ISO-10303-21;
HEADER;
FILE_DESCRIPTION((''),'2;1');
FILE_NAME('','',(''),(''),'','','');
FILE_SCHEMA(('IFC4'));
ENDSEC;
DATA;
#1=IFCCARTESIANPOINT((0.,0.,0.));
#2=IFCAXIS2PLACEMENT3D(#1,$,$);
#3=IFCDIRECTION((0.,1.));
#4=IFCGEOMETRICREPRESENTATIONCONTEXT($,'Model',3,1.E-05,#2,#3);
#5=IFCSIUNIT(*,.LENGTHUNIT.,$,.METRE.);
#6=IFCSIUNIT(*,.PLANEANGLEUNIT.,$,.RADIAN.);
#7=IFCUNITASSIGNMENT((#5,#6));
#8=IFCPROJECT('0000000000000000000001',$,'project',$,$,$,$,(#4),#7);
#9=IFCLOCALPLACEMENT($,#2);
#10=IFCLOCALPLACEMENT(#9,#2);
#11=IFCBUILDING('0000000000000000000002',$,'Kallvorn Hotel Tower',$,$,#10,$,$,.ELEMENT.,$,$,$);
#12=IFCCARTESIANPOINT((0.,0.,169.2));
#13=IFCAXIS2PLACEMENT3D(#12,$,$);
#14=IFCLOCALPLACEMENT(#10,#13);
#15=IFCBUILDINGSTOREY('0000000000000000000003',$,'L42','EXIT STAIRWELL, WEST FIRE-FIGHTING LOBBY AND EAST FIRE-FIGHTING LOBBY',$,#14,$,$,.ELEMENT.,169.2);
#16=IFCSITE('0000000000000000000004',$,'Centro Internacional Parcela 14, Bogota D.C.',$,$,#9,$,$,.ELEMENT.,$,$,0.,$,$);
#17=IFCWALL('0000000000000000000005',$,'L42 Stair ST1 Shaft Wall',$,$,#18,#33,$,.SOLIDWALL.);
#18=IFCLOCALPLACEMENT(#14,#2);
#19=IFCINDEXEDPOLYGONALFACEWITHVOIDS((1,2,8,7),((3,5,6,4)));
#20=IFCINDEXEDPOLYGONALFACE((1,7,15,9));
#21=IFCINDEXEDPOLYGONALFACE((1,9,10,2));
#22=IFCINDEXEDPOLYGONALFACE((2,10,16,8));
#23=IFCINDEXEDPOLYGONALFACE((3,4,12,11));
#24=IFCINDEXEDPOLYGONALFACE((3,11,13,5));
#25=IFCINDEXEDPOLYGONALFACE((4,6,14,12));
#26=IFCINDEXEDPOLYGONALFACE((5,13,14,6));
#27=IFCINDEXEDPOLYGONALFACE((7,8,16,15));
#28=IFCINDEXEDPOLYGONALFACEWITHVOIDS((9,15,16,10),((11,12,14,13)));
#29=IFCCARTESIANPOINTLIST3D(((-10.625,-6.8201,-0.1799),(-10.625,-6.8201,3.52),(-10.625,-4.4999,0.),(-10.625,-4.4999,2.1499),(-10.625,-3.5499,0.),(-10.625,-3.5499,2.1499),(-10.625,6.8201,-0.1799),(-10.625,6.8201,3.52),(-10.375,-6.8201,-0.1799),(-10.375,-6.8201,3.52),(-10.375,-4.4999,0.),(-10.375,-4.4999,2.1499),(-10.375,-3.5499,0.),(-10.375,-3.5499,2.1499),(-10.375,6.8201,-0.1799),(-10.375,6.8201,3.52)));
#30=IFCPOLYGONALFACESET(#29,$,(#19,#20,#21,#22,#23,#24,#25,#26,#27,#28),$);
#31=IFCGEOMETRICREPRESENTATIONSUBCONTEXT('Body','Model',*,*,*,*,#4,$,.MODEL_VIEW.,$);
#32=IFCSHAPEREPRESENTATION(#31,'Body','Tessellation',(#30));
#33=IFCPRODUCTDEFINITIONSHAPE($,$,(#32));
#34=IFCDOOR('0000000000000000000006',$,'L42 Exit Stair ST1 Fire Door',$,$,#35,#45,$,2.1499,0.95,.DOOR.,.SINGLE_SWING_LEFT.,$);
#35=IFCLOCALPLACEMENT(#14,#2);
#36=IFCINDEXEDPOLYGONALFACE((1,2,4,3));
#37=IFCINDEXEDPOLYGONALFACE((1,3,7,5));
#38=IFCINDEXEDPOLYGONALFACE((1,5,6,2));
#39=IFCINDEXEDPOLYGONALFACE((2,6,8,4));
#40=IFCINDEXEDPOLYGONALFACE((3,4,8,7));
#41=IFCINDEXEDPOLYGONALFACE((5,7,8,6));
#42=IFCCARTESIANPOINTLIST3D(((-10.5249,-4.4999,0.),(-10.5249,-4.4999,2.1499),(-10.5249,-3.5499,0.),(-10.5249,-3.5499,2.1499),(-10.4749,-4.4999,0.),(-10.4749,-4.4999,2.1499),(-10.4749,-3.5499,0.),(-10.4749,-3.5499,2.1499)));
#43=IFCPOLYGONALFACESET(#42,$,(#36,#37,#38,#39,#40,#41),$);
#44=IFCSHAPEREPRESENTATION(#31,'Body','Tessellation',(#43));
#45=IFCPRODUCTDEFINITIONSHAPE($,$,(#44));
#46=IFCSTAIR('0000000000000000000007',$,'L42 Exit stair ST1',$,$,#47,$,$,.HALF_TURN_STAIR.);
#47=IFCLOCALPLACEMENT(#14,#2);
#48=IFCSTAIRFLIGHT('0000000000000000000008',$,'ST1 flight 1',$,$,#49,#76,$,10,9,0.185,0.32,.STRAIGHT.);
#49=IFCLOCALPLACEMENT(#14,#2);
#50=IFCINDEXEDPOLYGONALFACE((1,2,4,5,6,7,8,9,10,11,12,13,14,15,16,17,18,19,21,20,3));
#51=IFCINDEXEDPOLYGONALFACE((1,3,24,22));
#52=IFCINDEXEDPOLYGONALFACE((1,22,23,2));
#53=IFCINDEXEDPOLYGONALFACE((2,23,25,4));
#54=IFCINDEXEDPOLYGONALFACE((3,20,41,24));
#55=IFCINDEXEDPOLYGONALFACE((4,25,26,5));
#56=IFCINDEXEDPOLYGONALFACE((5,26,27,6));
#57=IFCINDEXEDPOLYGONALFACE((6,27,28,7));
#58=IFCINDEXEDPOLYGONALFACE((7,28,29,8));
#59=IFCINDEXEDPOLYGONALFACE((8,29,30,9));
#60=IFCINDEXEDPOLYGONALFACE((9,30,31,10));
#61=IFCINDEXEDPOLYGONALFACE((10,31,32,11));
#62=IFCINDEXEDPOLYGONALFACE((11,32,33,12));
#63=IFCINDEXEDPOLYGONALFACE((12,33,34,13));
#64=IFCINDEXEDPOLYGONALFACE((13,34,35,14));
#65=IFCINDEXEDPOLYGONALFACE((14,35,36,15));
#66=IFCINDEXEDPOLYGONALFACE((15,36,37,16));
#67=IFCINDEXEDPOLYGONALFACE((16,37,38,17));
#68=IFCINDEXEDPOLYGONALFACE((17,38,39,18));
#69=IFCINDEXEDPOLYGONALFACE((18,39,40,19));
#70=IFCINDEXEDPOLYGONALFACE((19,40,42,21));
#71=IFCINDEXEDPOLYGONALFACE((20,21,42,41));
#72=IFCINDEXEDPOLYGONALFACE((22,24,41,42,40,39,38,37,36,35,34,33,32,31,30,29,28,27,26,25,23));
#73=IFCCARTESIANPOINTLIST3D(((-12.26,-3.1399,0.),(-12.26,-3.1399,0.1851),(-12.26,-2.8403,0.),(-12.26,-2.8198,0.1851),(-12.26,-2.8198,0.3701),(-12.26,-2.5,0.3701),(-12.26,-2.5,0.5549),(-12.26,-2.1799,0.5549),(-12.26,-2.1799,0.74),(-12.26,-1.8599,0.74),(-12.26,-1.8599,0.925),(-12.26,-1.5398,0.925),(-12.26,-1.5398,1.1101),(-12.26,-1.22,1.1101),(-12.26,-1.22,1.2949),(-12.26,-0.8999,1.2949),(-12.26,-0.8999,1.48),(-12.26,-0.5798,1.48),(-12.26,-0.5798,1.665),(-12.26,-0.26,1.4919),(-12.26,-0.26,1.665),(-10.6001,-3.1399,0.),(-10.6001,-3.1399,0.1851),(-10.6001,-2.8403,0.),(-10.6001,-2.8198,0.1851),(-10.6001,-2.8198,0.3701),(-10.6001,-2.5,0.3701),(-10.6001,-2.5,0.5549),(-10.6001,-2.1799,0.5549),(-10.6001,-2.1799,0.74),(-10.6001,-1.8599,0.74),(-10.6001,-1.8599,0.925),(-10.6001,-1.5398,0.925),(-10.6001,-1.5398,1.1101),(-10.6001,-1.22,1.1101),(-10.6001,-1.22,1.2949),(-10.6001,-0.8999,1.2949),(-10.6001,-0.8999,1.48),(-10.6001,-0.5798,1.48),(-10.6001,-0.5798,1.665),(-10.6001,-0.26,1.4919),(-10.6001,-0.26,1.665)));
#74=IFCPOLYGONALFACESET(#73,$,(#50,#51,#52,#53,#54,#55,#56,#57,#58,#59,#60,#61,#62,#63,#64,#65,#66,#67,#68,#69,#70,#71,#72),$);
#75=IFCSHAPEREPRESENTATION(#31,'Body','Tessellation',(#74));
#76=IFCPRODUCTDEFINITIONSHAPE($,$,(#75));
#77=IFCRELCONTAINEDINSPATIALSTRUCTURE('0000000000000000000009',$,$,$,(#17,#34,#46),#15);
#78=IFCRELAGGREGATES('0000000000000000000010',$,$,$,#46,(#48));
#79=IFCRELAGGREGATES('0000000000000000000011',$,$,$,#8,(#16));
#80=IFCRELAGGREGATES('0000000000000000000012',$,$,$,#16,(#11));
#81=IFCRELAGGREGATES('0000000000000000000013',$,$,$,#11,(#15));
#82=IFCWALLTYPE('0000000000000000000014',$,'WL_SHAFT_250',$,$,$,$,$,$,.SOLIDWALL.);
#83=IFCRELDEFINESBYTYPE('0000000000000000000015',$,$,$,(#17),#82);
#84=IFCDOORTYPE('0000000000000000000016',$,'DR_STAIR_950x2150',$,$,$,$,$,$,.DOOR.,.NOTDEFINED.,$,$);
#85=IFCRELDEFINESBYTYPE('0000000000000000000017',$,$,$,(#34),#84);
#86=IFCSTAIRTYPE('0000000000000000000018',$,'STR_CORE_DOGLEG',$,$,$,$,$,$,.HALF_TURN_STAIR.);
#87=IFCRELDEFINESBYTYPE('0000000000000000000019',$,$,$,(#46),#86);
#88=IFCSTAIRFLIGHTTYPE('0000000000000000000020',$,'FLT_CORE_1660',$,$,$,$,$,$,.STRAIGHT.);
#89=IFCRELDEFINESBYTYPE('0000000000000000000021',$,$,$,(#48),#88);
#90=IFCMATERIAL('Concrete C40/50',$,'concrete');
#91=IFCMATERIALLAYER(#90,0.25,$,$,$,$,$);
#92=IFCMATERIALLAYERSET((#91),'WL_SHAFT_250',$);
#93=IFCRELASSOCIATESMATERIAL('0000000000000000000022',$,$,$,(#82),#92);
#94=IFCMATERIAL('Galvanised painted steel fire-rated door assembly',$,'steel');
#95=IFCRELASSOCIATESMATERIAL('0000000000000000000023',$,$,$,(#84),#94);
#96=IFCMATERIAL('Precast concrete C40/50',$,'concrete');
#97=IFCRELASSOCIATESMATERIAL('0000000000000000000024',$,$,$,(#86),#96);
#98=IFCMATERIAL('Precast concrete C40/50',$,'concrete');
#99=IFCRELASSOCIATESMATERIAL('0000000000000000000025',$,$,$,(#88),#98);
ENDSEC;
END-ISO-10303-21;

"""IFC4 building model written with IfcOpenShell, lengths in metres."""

from ifc_helpers import new_model, si_unit, direction, frame, frame_2d, origin, place, context, subcontext, project, spatial, polyline, rectangle, outline, extrude, material, layer, layer_set, type_object, element, fill, aggregate, save


model = new_model("IFC4")

# Units and contexts
model_context = context("Model", 3, precision=1e-05, world=origin(), true_north=direction((0.0, 1.0)))
body_context = subcontext(model_context, "Body", "Model", "MODEL_VIEW")
ifc_project = project(units=[si_unit("LENGTHUNIT", "METRE"), si_unit("PLANEANGLEUNIT", "RADIAN")], contexts=[model_context])

# Site, building, storey
site_placement = place(None, origin())
site = spatial("IfcSite", under=ifc_project, at=site_placement, Name="Centro Internacional Parcela 14, Bogota D.C.", CompositionType="ELEMENT", RefElevation=0.0)
building_placement = place(site_placement, origin())
building = spatial("IfcBuilding", under=site, at=building_placement, Name="Kallvorn Hotel Tower", CompositionType="ELEMENT")
storey_placement = place(building_placement, frame((0.0, 0.0, 169.2)))
storey = spatial("IfcBuildingStorey", under=building, at=storey_placement, Name="L42", Description="EXIT STAIRWELL, WEST FIRE-FIGHTING LOBBY AND EAST FIRE-FIGHTING LOBBY", CompositionType="ELEMENT", Elevation=169.2)

# Shared definitions
ifc_material_1 = material(Name="Concrete C40/50", Category="concrete")
ifc_layer_1 = layer(ifc_material_1, 0.25)
ifc_layer_set_1 = layer_set([ifc_layer_1], Name="WL_SHAFT_250")
wall_type_1 = type_object("IfcWallType", Name="WL_SHAFT_250", PredefinedType="SOLIDWALL", material=ifc_layer_set_1)

# Wall, opening, door
wall_1_placement = place(storey_placement, frame((-10.5, -6.8201, -0.1799), z_axis=(0.0, 0.0, 1.0), x_axis=(0.0, 1.0, 0.0)))
wall_1 = element("IfcWall", 1, at=wall_1_placement, inside=storey, type_object=wall_type_1, Name="L42 Stair ST1 Shaft Wall", PredefinedType="SOLIDWALL", context=body_context, shape_type="SweptSolid", body=[
    extrude(rectangle(XDim=13.6401, YDim=0.25, at=frame_2d((6.8201, 0.0))), origin(), (0.0, 0.0, 1.0), 3.7),
])
opening_1_placement = place(wall_1_placement, frame((2.3201, 0.0, 0.1799)))
opening_1 = element("IfcOpeningElement", 2, at=opening_1_placement, cuts=wall_1, PredefinedType="OPENING", context=body_context, shape_type="SweptSolid", body=[
    extrude(rectangle(XDim=0.95, YDim=2.1499, at=frame_2d((0.4751, 1.075))), frame((0.0, 0.1399, 0.0), z_axis=(0.0, -1.0, 0.0), x_axis=(1.0, 0.0, 0.0)), (0.0, 0.0, 1.0), 0.28),
])
ifc_material_2 = material(Name="Galvanised painted steel fire-rated door assembly", Category="steel")
door_type_1 = type_object("IfcDoorType", Name="DR_STAIR_950x2150", OperationType="NOTDEFINED", PredefinedType="DOOR", material=ifc_material_2)
door_1_placement = place(opening_1_placement, origin())
door_1 = element("IfcDoor", 3, at=door_1_placement, inside=storey, type_object=door_type_1, Name="L42 Exit Stair ST1 Fire Door", OperationType="SINGLE_SWING_LEFT", OverallHeight=2.1499, OverallWidth=0.95, PredefinedType="DOOR", context=body_context, shape_type="SweptSolid", body=[
    extrude(rectangle(XDim=0.95, YDim=2.1499, at=frame_2d((0.4751, 1.075))), frame((0.0, 0.0249, 0.0), z_axis=(0.0, -1.0, 0.0), x_axis=(1.0, 0.0, 0.0)), (0.0, 0.0, 1.0), 0.05),
])
fill(opening_1, door_1)

# Stair, stair flight
ifc_material_3 = material(Name="Precast concrete C40/50", Category="concrete")
stair_type = type_object("IfcStairType", Name="STR_CORE_DOGLEG", PredefinedType="HALF_TURN_STAIR", material=ifc_material_3)
stair_placement = place(storey_placement, origin())
stair = element("IfcStair", 4, at=stair_placement, inside=storey, type_object=stair_type, Name="L42 Exit stair ST1", PredefinedType="HALF_TURN_STAIR")
ifc_material_4 = material(Name="Precast concrete C40/50", Category="concrete")
stair_flight_type = type_object("IfcStairFlightType", Name="FLT_CORE_1660", PredefinedType="STRAIGHT", material=ifc_material_4)
stair_flight_placement = place(storey_placement, frame((-11.4299, -3.1399, 0.0), z_axis=(0.0, 0.0, 1.0), x_axis=(0.0, 1.0, 0.0)))
stair_flight = element("IfcStairFlight", 5, at=stair_flight_placement, type_object=stair_flight_type, Name="ST1 flight 1", NumberOfRisers=10, NumberOfTreads=9, PredefinedType="STRAIGHT", RiserHeight=0.185, TreadLength=0.32, context=body_context, shape_type="SweptSolid", body=[
    extrude(outline(polyline([(0.0, 0.0), (0.0, 0.1851), (0.3201, 0.1851), (0.3201, 0.3701), (0.6399, 0.3701), (0.6399, 0.5549), (0.96, 0.5549), (0.96, 0.74), (1.28, 0.74), (1.28, 0.925), (1.6001, 0.925), (1.6001, 1.1101), (1.9199, 1.1101), (1.9199, 1.2949), (2.24, 1.2949), (2.24, 1.48), (2.5601, 1.48), (2.5601, 1.665), (2.8799, 1.665), (2.8799, 1.8501), (2.8799, 1.4919), (0.2996, 0.0), (0.0, 0.0)])), frame((0.0, 0.8301, 0.0), z_axis=(0.0, -1.0, 0.0), x_axis=(1.0, 0.0, 0.0)), (0.0, 0.0, 1.0), 1.6599),
])
aggregate(stair, [stair_flight])

save(model, "model.ifc")
